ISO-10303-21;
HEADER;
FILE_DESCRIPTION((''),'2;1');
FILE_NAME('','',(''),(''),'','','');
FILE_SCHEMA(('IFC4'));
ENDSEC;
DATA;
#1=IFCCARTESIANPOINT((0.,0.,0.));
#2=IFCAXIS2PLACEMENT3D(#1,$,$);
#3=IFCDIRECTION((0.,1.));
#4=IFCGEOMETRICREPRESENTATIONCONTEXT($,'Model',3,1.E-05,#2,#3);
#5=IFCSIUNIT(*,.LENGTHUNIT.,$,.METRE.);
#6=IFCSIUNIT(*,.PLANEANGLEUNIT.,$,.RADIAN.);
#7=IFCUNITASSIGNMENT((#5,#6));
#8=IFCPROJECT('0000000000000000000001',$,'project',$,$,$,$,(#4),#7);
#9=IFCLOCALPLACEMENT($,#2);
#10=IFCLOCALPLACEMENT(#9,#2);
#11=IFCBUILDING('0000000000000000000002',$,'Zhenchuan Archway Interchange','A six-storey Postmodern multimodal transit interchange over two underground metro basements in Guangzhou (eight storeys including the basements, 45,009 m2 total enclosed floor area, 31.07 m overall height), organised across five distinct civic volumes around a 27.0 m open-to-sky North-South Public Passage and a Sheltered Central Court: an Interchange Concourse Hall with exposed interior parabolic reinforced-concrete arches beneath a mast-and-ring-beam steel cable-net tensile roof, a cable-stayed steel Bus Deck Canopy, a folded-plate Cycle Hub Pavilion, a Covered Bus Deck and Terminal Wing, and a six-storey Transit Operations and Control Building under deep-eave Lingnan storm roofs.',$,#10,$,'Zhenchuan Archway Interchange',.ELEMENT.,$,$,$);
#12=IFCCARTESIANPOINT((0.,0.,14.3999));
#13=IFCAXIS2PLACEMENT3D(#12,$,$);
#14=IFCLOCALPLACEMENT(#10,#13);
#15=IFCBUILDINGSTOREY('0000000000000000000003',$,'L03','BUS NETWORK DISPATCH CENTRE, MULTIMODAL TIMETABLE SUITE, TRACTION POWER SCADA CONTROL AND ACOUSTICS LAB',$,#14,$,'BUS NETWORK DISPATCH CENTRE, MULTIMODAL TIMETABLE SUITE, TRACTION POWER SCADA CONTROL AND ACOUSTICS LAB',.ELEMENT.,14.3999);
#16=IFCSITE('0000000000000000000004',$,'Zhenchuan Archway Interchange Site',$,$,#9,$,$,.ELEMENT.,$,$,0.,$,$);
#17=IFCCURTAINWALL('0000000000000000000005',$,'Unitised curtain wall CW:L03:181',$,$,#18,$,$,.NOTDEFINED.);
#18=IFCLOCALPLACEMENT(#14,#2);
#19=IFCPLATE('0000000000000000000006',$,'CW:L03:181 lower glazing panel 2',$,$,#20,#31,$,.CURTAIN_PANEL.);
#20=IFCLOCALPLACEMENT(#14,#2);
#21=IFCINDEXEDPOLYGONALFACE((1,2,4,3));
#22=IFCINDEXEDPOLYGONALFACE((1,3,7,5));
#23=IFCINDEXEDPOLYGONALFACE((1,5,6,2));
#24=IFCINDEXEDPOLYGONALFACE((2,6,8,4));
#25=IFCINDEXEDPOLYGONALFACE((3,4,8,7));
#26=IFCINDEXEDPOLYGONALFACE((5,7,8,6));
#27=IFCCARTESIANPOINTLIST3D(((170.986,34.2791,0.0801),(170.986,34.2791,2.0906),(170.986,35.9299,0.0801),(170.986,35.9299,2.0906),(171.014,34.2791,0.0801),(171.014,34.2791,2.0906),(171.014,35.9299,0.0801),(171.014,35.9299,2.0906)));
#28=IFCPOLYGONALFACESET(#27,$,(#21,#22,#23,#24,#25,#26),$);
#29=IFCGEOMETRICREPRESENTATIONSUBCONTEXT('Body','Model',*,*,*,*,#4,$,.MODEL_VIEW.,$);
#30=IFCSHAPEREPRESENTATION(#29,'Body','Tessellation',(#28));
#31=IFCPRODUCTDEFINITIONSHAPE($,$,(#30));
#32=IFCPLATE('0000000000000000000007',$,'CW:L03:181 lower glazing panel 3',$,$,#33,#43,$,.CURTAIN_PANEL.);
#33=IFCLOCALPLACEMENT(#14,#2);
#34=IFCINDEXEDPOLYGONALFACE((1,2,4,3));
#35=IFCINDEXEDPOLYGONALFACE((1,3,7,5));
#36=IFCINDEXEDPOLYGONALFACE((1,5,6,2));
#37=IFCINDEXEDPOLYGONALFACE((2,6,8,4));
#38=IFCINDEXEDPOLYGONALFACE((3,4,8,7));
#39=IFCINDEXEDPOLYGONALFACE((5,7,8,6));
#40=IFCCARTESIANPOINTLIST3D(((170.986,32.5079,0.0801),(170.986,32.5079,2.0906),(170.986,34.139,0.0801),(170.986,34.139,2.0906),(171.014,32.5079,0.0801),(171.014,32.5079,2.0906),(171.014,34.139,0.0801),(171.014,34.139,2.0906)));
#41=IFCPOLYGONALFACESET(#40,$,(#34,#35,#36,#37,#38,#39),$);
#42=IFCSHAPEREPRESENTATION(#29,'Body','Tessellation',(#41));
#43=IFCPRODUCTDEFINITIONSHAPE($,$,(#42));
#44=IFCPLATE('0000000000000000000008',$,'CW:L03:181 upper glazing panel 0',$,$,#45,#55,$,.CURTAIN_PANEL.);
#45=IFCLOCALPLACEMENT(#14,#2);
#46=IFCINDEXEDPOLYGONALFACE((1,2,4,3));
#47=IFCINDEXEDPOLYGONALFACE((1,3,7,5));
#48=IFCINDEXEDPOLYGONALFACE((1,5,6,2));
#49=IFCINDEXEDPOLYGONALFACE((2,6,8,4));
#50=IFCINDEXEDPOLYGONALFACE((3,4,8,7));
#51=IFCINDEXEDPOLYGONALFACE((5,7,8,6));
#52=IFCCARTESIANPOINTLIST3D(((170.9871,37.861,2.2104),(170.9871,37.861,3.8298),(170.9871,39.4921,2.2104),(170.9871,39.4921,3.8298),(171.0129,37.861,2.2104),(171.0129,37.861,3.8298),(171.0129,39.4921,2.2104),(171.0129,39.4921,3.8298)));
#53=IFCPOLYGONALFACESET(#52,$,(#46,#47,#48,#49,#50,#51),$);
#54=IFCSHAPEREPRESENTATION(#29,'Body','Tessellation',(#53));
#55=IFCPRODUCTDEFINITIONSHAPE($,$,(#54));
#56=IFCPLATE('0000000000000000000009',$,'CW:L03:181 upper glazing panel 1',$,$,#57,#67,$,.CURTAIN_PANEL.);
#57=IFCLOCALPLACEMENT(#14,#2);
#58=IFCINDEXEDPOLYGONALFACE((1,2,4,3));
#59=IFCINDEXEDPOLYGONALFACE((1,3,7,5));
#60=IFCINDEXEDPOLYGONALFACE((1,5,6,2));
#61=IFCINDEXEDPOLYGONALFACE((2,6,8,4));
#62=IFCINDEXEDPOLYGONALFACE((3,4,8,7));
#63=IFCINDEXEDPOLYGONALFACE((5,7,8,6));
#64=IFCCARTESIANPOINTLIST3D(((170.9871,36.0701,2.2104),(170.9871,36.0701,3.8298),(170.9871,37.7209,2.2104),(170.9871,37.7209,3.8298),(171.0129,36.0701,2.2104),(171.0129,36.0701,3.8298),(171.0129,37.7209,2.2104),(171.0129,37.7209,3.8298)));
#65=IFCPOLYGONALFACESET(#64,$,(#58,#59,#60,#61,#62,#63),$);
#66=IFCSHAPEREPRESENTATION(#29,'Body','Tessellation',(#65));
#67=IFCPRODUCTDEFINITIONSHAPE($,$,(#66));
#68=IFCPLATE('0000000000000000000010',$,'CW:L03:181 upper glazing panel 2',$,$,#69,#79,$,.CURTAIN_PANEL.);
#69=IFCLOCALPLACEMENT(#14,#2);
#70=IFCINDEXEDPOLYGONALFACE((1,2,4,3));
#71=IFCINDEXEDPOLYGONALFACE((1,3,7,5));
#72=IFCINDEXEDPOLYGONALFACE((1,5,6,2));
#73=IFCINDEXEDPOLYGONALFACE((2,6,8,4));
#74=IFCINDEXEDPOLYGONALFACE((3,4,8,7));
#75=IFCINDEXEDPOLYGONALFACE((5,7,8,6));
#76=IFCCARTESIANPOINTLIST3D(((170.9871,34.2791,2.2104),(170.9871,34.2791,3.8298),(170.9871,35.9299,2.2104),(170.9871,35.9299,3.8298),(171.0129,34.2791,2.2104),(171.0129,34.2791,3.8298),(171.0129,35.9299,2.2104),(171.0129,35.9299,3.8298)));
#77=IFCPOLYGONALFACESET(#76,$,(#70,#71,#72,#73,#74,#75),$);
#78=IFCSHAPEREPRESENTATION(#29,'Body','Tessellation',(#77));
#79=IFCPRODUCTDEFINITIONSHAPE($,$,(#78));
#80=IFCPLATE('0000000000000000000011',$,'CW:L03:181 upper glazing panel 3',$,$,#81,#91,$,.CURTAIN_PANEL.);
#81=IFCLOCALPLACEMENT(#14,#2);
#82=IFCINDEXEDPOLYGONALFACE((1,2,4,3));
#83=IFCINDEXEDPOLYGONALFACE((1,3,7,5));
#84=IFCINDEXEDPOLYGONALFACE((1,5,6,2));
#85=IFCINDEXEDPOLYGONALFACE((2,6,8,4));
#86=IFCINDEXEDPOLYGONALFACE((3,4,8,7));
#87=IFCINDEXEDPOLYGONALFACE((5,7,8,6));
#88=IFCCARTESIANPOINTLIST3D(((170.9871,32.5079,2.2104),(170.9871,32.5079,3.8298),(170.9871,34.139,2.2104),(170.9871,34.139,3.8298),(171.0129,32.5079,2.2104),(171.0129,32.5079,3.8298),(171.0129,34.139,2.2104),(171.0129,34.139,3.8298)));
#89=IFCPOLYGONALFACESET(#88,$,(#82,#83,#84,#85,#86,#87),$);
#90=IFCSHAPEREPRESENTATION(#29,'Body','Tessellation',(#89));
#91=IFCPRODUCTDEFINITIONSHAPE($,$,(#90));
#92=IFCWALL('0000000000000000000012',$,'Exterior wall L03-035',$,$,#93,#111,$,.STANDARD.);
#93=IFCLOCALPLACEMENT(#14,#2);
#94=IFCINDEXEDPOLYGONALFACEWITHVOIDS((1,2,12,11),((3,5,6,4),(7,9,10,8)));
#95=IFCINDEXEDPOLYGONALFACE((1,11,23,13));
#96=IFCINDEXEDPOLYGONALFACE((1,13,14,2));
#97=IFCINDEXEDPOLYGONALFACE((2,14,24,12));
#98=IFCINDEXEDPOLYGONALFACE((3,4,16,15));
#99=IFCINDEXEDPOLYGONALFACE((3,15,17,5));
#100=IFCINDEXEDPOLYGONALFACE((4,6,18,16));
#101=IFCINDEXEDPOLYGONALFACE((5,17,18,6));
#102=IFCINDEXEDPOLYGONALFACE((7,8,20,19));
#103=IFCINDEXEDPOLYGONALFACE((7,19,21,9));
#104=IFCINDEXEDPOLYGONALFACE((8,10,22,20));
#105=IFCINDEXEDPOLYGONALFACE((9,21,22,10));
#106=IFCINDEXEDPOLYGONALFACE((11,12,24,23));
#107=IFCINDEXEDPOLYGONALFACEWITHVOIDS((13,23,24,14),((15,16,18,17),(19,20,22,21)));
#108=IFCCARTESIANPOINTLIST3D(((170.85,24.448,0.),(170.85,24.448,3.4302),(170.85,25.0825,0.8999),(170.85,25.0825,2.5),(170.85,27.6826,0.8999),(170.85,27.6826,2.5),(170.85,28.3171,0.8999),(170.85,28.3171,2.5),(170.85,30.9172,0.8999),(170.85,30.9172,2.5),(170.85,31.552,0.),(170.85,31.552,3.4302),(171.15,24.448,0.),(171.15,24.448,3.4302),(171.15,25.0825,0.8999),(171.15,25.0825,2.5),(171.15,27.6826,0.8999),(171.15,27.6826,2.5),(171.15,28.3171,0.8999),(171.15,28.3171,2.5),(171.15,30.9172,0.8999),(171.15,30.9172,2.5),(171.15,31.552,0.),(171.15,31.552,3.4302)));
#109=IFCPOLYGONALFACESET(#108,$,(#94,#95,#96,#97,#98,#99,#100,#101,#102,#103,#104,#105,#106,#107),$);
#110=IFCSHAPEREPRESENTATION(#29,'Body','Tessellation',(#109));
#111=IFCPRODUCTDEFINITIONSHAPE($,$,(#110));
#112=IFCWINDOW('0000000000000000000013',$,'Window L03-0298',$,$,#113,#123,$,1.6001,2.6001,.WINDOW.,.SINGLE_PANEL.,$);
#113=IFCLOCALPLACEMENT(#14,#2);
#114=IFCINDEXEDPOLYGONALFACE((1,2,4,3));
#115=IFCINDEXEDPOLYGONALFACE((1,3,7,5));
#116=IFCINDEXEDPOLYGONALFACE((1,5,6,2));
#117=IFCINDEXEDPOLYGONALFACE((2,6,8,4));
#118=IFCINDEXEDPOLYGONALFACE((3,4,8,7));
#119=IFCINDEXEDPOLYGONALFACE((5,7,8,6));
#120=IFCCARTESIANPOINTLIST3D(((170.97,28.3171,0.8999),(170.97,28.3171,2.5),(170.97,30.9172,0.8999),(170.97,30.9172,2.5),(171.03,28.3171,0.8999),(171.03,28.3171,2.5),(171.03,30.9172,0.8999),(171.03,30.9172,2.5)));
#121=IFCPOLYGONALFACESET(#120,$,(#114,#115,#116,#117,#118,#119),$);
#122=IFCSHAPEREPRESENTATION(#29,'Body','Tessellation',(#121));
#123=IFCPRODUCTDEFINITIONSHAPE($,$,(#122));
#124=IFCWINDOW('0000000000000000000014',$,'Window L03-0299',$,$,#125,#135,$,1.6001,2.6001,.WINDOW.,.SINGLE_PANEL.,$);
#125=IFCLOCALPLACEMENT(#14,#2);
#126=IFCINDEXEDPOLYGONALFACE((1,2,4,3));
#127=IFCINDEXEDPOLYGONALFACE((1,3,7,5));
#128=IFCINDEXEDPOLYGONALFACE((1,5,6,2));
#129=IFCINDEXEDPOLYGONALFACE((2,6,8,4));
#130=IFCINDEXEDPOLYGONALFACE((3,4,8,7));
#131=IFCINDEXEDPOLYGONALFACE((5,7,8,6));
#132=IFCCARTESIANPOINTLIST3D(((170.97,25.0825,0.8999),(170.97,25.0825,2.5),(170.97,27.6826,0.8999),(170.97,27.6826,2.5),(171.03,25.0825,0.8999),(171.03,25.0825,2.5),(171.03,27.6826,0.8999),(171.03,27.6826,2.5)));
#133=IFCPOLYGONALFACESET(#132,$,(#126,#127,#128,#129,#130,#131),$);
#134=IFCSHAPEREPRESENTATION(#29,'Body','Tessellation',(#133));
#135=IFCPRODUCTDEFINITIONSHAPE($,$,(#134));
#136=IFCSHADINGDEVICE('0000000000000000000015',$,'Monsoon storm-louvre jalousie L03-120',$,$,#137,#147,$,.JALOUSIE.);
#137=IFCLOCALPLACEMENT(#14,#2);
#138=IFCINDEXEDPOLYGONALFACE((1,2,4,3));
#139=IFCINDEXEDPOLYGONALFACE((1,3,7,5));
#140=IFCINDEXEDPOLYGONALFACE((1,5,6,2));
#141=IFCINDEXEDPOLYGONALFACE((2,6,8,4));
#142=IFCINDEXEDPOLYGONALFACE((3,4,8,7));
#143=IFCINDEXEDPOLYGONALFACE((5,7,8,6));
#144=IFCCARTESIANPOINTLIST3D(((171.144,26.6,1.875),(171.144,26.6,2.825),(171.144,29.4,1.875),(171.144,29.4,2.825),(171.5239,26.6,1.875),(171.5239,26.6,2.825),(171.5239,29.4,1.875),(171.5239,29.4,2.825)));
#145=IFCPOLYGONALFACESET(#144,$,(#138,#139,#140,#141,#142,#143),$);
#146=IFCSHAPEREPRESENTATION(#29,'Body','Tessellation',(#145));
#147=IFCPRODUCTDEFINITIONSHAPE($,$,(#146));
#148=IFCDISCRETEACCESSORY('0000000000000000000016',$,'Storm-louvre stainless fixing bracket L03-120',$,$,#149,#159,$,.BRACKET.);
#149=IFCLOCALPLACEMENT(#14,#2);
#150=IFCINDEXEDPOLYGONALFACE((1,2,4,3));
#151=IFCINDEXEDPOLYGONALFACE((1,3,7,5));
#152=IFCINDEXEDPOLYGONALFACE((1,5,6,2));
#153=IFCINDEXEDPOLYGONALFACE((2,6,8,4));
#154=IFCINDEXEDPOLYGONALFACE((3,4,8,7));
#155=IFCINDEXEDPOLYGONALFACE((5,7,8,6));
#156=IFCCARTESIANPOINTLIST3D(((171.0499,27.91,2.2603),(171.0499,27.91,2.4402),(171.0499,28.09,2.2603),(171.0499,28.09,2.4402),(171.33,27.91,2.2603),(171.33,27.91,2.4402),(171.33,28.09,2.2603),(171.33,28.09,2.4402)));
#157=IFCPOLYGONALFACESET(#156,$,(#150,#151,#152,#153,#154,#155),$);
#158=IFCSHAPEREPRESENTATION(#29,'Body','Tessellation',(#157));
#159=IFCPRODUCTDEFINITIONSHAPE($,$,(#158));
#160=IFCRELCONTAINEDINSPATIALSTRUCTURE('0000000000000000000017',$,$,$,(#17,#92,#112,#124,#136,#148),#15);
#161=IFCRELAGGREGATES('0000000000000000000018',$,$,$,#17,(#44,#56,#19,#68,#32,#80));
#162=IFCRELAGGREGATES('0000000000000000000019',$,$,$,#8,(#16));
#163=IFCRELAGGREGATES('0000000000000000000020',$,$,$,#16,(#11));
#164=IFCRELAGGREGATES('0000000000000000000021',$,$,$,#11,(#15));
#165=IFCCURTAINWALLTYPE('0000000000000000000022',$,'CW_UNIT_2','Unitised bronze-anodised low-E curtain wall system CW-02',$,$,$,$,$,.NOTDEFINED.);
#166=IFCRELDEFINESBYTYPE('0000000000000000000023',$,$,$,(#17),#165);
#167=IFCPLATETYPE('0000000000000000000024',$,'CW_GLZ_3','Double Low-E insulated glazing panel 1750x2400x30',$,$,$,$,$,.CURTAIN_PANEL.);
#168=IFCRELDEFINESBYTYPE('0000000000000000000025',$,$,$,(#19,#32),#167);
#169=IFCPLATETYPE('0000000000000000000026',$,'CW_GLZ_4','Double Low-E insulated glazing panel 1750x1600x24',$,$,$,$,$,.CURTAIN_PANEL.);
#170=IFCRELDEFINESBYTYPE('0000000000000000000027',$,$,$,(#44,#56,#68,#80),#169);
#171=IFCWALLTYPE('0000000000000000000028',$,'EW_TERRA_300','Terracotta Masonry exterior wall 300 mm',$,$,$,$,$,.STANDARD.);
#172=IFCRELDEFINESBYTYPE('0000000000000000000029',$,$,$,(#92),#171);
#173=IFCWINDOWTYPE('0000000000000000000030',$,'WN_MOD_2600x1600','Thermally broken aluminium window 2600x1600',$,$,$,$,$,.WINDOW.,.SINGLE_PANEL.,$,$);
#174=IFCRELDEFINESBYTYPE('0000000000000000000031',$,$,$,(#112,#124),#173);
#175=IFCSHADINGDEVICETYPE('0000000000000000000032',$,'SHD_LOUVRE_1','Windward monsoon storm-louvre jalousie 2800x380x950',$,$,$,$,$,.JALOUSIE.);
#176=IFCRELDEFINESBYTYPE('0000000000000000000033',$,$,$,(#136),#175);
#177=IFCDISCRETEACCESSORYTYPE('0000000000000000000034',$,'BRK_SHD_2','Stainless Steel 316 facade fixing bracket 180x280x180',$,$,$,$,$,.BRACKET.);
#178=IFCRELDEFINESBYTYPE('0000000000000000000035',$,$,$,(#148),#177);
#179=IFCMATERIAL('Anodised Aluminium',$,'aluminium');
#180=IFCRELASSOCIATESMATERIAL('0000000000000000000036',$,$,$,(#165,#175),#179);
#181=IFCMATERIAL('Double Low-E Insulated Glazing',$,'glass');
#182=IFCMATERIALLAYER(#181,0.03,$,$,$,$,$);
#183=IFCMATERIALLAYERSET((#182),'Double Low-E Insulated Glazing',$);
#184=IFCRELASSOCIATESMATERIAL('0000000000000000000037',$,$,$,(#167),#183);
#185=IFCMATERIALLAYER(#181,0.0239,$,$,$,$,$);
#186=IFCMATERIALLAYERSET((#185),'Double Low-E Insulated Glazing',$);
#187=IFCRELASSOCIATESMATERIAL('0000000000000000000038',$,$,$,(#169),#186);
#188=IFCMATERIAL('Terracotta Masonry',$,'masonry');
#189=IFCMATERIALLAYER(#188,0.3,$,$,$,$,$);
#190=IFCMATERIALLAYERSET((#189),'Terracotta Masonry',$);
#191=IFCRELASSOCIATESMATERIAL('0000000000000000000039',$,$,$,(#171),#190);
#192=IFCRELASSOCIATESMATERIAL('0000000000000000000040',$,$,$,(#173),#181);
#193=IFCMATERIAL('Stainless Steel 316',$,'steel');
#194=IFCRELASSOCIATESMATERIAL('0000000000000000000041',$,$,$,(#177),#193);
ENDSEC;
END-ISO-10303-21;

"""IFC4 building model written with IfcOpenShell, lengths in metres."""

from ifc_helpers import new_model, si_unit, direction, frame, frame_2d, origin, origin_2d, place, context, subcontext, project, spatial, rectangle, extrude, material, layer, layer_set, type_object, element, fill, aggregate, save


model = new_model("IFC4")

# Units and contexts
model_context = context("Model", 3, precision=1e-05, world=origin(), true_north=direction((0.0, 1.0)))
body_context = subcontext(model_context, "Body", "Model", "MODEL_VIEW")
ifc_project = project(units=[si_unit("LENGTHUNIT", "METRE"), si_unit("PLANEANGLEUNIT", "RADIAN")], contexts=[model_context])

# Site, building, storey
site_placement = place(None, origin())
site = spatial("IfcSite", under=ifc_project, at=site_placement, Name="Zhenchuan Archway Interchange Site", CompositionType="ELEMENT", RefElevation=0.0)
building_placement = place(site_placement, origin())
building = spatial("IfcBuilding", under=site, at=building_placement, Name="Zhenchuan Archway Interchange", Description="A six-storey Postmodern multimodal transit interchange over two underground metro basements in Guangzhou (eight storeys including the basements, 45,009 m2 total enclosed floor area, 31.07 m overall height), organised across five distinct civic volumes around a 27.0 m open-to-sky North-South Public Passage and a Sheltered Central Court: an Interchange Concourse Hall with exposed interior parabolic reinforced-concrete arches beneath a mast-and-ring-beam steel cable-net tensile roof, a cable-stayed steel Bus Deck Canopy, a folded-plate Cycle Hub Pavilion, a Covered Bus Deck and Terminal Wing, and a six-storey Transit Operations and Control Building under deep-eave Lingnan storm roofs.", LongName="Zhenchuan Archway Interchange", CompositionType="ELEMENT")
storey_placement = place(building_placement, frame((0.0, 0.0, 14.3999)))
storey = spatial("IfcBuildingStorey", under=building, at=storey_placement, Name="L03", Description="BUS NETWORK DISPATCH CENTRE, MULTIMODAL TIMETABLE SUITE, TRACTION POWER SCADA CONTROL AND ACOUSTICS LAB", LongName="BUS NETWORK DISPATCH CENTRE, MULTIMODAL TIMETABLE SUITE, TRACTION POWER SCADA CONTROL AND ACOUSTICS LAB", CompositionType="ELEMENT", Elevation=14.3999)

# Curtain wall
ifc_material_1 = material(Name="Anodised Aluminium", Category="aluminium")
curtain_wall_type_1 = type_object("IfcCurtainWallType", Name="CW_UNIT_2", Description="Unitised bronze-anodised low-E curtain wall system CW-02", PredefinedType="NOTDEFINED", material=ifc_material_1)
curtain_wall_1_placement = place(storey_placement, origin())
curtain_wall_1 = element("IfcCurtainWall", 1, at=curtain_wall_1_placement, inside=storey, type_object=curtain_wall_type_1, Name="Unitised curtain wall CW:L03:181", PredefinedType="NOTDEFINED")

# Plates
ifc_material_2 = material(Name="Double Low-E Insulated Glazing", Category="glass")
ifc_layer_1 = layer(ifc_material_2, 0.03)
ifc_layer_set_1 = layer_set([ifc_layer_1], Name="Double Low-E Insulated Glazing")
plate_type_1 = type_object("IfcPlateType", Name="CW_GLZ_3", Description="Double Low-E insulated glazing panel 1750x2400x30", PredefinedType="CURTAIN_PANEL", material=ifc_layer_set_1)
plate_1_placement = place(storey_placement, frame((171.0, 35.1045, 0.0801), z_axis=(0.0, 0.0, 1.0), x_axis=(0.0, -1.0, 0.0)))
plate_1 = element("IfcPlate", 2, at=plate_1_placement, type_object=plate_type_1, Name="CW:L03:181 lower glazing panel 2", PredefinedType="CURTAIN_PANEL", context=body_context, shape_type="SweptSolid", body=[
    extrude(rectangle(XDim=1.6509, YDim=0.0281, at=origin_2d()), origin(), (0.0, 0.0, 1.0), 2.0105),
])
plate_2_placement = place(storey_placement, frame((171.0, 33.3235, 0.0801), z_axis=(0.0, 0.0, 1.0), x_axis=(0.0, -1.0, 0.0)))
plate_2 = element("IfcPlate", 3, at=plate_2_placement, type_object=plate_type_1, Name="CW:L03:181 lower glazing panel 3", PredefinedType="CURTAIN_PANEL", context=body_context, shape_type="SweptSolid", body=[
    extrude(rectangle(XDim=1.6311, YDim=0.0281, at=origin_2d()), origin(), (0.0, 0.0, 1.0), 2.0105),
])
ifc_layer_2 = layer(ifc_material_2, 0.0239)
ifc_layer_set_2 = layer_set([ifc_layer_2], Name="Double Low-E Insulated Glazing")
plate_type_2 = type_object("IfcPlateType", Name="CW_GLZ_4", Description="Double Low-E insulated glazing panel 1750x1600x24", PredefinedType="CURTAIN_PANEL", material=ifc_layer_set_2)
plate_3_placement = place(storey_placement, frame((171.0, 38.6765, 2.2104), z_axis=(0.0, 0.0, 1.0), x_axis=(0.0, -1.0, 0.0)))
plate_3 = element("IfcPlate", 4, at=plate_3_placement, type_object=plate_type_2, Name="CW:L03:181 upper glazing panel 0", PredefinedType="CURTAIN_PANEL", context=body_context, shape_type="SweptSolid", body=[
    extrude(rectangle(XDim=1.6311, YDim=0.0259, at=origin_2d()), origin(), (0.0, 0.0, 1.0), 1.6194),
])
plate_4_placement = place(storey_placement, frame((171.0, 36.8955, 2.2104), z_axis=(0.0, 0.0, 1.0), x_axis=(0.0, -1.0, 0.0)))
plate_4 = element("IfcPlate", 5, at=plate_4_placement, type_object=plate_type_2, Name="CW:L03:181 upper glazing panel 1", PredefinedType="CURTAIN_PANEL", context=body_context, shape_type="SweptSolid", body=[
    extrude(rectangle(XDim=1.6509, YDim=0.0259, at=origin_2d()), origin(), (0.0, 0.0, 1.0), 1.6194),
])
plate_5_placement = place(storey_placement, frame((171.0, 35.1045, 2.2104), z_axis=(0.0, 0.0, 1.0), x_axis=(0.0, -1.0, 0.0)))
plate_5 = element("IfcPlate", 6, at=plate_5_placement, type_object=plate_type_2, Name="CW:L03:181 upper glazing panel 2", PredefinedType="CURTAIN_PANEL", context=body_context, shape_type="SweptSolid", body=[
    extrude(rectangle(XDim=1.6509, YDim=0.0259, at=origin_2d()), origin(), (0.0, 0.0, 1.0), 1.6194),
])
plate_6_placement = place(storey_placement, frame((171.0, 33.3235, 2.2104), z_axis=(0.0, 0.0, 1.0), x_axis=(0.0, -1.0, 0.0)))
plate_6 = element("IfcPlate", 7, at=plate_6_placement, type_object=plate_type_2, Name="CW:L03:181 upper glazing panel 3", PredefinedType="CURTAIN_PANEL", context=body_context, shape_type="SweptSolid", body=[
    extrude(rectangle(XDim=1.6311, YDim=0.0259, at=origin_2d()), origin(), (0.0, 0.0, 1.0), 1.6194),
])
aggregate(curtain_wall_1, [plate_3, plate_4, plate_1, plate_5, plate_2, plate_6])

# Wall, openings, windows
ifc_material_3 = material(Name="Terracotta Masonry", Category="masonry")
ifc_layer_3 = layer(ifc_material_3, 0.3)
ifc_layer_set_3 = layer_set([ifc_layer_3], Name="Terracotta Masonry")
wall_type = type_object("IfcWallType", Name="EW_TERRA_300", Description="Terracotta Masonry exterior wall 300 mm", PredefinedType="STANDARD", material=ifc_layer_set_3)
wall_placement = place(storey_placement, frame((171.0, 31.552, 0.0), z_axis=(0.0, 0.0, 1.0), x_axis=(0.0, -1.0, 0.0)))
wall = element("IfcWall", 8, at=wall_placement, inside=storey, type_object=wall_type, Name="Exterior wall L03-035", PredefinedType="STANDARD", context=body_context, shape_type="SweptSolid", body=[
    extrude(rectangle(XDim=7.104, YDim=0.3, at=frame_2d((3.552, 0.0))), origin(), (0.0, 0.0, 1.0), 3.4302),
])
opening_1_placement = place(wall_placement, frame((0.6348, 0.0, 0.8999)))
opening_1 = element("IfcOpeningElement", 9, at=opening_1_placement, cuts=wall, PredefinedType="OPENING", context=body_context, shape_type="SweptSolid", body=[
    extrude(rectangle(XDim=2.6001, YDim=1.6001, at=frame_2d((1.3, 0.8))), frame((0.0, 0.1621, 0.0), z_axis=(0.0, -1.0, 0.0), x_axis=(1.0, 0.0, 0.0)), (0.0, 0.0, 1.0), 0.324),
])
opening_2_placement = place(wall_placement, frame((3.8694, 0.0, 0.8999)))
opening_2 = element("IfcOpeningElement", 10, at=opening_2_placement, cuts=wall, PredefinedType="OPENING", context=body_context, shape_type="SweptSolid", body=[
    extrude(rectangle(XDim=2.6001, YDim=1.6001, at=frame_2d((1.3, 0.8))), frame((0.0, 0.1621, 0.0), z_axis=(0.0, -1.0, 0.0), x_axis=(1.0, 0.0, 0.0)), (0.0, 0.0, 1.0), 0.324),
])
window_type = type_object("IfcWindowType", Name="WN_MOD_2600x1600", Description="Thermally broken aluminium window 2600x1600", PartitioningType="SINGLE_PANEL", PredefinedType="WINDOW", material=ifc_material_2)
window_1_placement = place(opening_1_placement, origin())
window_1 = element("IfcWindow", 11, at=window_1_placement, inside=storey, type_object=window_type, Name="Window L03-0298", OverallHeight=1.6001, OverallWidth=2.6001, PartitioningType="SINGLE_PANEL", PredefinedType="WINDOW", context=body_context, shape_type="SweptSolid", body=[
    extrude(rectangle(XDim=2.6001, YDim=1.6001, at=frame_2d((1.3, 0.8))), frame((0.0, 0.03, 0.0), z_axis=(0.0, -1.0, 0.0), x_axis=(1.0, 0.0, 0.0)), (0.0, 0.0, 1.0), 0.0601),
])
fill(opening_1, window_1)
window_2_placement = place(opening_2_placement, origin())
window_2 = element("IfcWindow", 12, at=window_2_placement, inside=storey, type_object=window_type, Name="Window L03-0299", OverallHeight=1.6001, OverallWidth=2.6001, PartitioningType="SINGLE_PANEL", PredefinedType="WINDOW", context=body_context, shape_type="SweptSolid", body=[
    extrude(rectangle(XDim=2.6001, YDim=1.6001, at=frame_2d((1.3, 0.8))), frame((0.0, 0.03, 0.0), z_axis=(0.0, -1.0, 0.0), x_axis=(1.0, 0.0, 0.0)), (0.0, 0.0, 1.0), 0.0601),
])
fill(opening_2, window_2)

# Shading device
shading_device_type = type_object("IfcShadingDeviceType", Name="SHD_LOUVRE_1", Description="Windward monsoon storm-louvre jalousie 2800x380x950", PredefinedType="JALOUSIE", material=ifc_material_1)
shading_device_placement = place(storey_placement, frame((171.334, 28.0, 1.875), z_axis=(0.0, 0.0, 1.0), x_axis=(0.0, -1.0, 0.0)))
element("IfcShadingDevice", 13, at=shading_device_placement, inside=storey, type_object=shading_device_type, Name="Monsoon storm-louvre jalousie L03-120", PredefinedType="JALOUSIE", context=body_context, shape_type="SweptSolid", body=[
    extrude(rectangle(XDim=2.8, YDim=0.3799, at=origin_2d()), origin(), (0.0, 0.0, 1.0), 0.95),
])

# Discrete accessory
ifc_material_4 = material(Name="Stainless Steel 316", Category="steel")
discrete_accessory_type = type_object("IfcDiscreteAccessoryType", Name="BRK_SHD_2", Description="Stainless Steel 316 facade fixing bracket 180x280x180", PredefinedType="BRACKET", material=ifc_material_4)
discrete_accessory_placement = place(storey_placement, frame((171.1899, 28.0, 2.2603), z_axis=(0.0, 0.0, 1.0), x_axis=(0.0, -1.0, 0.0)))
element("IfcDiscreteAccessory", 14, at=discrete_accessory_placement, inside=storey, type_object=discrete_accessory_type, Name="Storm-louvre stainless fixing bracket L03-120", PredefinedType="BRACKET", context=body_context, shape_type="SweptSolid", body=[
    extrude(rectangle(XDim=0.1799, YDim=0.28, at=origin_2d()), origin(), (0.0, 0.0, 1.0), 0.1799),
])

save(model, "model.ifc")
